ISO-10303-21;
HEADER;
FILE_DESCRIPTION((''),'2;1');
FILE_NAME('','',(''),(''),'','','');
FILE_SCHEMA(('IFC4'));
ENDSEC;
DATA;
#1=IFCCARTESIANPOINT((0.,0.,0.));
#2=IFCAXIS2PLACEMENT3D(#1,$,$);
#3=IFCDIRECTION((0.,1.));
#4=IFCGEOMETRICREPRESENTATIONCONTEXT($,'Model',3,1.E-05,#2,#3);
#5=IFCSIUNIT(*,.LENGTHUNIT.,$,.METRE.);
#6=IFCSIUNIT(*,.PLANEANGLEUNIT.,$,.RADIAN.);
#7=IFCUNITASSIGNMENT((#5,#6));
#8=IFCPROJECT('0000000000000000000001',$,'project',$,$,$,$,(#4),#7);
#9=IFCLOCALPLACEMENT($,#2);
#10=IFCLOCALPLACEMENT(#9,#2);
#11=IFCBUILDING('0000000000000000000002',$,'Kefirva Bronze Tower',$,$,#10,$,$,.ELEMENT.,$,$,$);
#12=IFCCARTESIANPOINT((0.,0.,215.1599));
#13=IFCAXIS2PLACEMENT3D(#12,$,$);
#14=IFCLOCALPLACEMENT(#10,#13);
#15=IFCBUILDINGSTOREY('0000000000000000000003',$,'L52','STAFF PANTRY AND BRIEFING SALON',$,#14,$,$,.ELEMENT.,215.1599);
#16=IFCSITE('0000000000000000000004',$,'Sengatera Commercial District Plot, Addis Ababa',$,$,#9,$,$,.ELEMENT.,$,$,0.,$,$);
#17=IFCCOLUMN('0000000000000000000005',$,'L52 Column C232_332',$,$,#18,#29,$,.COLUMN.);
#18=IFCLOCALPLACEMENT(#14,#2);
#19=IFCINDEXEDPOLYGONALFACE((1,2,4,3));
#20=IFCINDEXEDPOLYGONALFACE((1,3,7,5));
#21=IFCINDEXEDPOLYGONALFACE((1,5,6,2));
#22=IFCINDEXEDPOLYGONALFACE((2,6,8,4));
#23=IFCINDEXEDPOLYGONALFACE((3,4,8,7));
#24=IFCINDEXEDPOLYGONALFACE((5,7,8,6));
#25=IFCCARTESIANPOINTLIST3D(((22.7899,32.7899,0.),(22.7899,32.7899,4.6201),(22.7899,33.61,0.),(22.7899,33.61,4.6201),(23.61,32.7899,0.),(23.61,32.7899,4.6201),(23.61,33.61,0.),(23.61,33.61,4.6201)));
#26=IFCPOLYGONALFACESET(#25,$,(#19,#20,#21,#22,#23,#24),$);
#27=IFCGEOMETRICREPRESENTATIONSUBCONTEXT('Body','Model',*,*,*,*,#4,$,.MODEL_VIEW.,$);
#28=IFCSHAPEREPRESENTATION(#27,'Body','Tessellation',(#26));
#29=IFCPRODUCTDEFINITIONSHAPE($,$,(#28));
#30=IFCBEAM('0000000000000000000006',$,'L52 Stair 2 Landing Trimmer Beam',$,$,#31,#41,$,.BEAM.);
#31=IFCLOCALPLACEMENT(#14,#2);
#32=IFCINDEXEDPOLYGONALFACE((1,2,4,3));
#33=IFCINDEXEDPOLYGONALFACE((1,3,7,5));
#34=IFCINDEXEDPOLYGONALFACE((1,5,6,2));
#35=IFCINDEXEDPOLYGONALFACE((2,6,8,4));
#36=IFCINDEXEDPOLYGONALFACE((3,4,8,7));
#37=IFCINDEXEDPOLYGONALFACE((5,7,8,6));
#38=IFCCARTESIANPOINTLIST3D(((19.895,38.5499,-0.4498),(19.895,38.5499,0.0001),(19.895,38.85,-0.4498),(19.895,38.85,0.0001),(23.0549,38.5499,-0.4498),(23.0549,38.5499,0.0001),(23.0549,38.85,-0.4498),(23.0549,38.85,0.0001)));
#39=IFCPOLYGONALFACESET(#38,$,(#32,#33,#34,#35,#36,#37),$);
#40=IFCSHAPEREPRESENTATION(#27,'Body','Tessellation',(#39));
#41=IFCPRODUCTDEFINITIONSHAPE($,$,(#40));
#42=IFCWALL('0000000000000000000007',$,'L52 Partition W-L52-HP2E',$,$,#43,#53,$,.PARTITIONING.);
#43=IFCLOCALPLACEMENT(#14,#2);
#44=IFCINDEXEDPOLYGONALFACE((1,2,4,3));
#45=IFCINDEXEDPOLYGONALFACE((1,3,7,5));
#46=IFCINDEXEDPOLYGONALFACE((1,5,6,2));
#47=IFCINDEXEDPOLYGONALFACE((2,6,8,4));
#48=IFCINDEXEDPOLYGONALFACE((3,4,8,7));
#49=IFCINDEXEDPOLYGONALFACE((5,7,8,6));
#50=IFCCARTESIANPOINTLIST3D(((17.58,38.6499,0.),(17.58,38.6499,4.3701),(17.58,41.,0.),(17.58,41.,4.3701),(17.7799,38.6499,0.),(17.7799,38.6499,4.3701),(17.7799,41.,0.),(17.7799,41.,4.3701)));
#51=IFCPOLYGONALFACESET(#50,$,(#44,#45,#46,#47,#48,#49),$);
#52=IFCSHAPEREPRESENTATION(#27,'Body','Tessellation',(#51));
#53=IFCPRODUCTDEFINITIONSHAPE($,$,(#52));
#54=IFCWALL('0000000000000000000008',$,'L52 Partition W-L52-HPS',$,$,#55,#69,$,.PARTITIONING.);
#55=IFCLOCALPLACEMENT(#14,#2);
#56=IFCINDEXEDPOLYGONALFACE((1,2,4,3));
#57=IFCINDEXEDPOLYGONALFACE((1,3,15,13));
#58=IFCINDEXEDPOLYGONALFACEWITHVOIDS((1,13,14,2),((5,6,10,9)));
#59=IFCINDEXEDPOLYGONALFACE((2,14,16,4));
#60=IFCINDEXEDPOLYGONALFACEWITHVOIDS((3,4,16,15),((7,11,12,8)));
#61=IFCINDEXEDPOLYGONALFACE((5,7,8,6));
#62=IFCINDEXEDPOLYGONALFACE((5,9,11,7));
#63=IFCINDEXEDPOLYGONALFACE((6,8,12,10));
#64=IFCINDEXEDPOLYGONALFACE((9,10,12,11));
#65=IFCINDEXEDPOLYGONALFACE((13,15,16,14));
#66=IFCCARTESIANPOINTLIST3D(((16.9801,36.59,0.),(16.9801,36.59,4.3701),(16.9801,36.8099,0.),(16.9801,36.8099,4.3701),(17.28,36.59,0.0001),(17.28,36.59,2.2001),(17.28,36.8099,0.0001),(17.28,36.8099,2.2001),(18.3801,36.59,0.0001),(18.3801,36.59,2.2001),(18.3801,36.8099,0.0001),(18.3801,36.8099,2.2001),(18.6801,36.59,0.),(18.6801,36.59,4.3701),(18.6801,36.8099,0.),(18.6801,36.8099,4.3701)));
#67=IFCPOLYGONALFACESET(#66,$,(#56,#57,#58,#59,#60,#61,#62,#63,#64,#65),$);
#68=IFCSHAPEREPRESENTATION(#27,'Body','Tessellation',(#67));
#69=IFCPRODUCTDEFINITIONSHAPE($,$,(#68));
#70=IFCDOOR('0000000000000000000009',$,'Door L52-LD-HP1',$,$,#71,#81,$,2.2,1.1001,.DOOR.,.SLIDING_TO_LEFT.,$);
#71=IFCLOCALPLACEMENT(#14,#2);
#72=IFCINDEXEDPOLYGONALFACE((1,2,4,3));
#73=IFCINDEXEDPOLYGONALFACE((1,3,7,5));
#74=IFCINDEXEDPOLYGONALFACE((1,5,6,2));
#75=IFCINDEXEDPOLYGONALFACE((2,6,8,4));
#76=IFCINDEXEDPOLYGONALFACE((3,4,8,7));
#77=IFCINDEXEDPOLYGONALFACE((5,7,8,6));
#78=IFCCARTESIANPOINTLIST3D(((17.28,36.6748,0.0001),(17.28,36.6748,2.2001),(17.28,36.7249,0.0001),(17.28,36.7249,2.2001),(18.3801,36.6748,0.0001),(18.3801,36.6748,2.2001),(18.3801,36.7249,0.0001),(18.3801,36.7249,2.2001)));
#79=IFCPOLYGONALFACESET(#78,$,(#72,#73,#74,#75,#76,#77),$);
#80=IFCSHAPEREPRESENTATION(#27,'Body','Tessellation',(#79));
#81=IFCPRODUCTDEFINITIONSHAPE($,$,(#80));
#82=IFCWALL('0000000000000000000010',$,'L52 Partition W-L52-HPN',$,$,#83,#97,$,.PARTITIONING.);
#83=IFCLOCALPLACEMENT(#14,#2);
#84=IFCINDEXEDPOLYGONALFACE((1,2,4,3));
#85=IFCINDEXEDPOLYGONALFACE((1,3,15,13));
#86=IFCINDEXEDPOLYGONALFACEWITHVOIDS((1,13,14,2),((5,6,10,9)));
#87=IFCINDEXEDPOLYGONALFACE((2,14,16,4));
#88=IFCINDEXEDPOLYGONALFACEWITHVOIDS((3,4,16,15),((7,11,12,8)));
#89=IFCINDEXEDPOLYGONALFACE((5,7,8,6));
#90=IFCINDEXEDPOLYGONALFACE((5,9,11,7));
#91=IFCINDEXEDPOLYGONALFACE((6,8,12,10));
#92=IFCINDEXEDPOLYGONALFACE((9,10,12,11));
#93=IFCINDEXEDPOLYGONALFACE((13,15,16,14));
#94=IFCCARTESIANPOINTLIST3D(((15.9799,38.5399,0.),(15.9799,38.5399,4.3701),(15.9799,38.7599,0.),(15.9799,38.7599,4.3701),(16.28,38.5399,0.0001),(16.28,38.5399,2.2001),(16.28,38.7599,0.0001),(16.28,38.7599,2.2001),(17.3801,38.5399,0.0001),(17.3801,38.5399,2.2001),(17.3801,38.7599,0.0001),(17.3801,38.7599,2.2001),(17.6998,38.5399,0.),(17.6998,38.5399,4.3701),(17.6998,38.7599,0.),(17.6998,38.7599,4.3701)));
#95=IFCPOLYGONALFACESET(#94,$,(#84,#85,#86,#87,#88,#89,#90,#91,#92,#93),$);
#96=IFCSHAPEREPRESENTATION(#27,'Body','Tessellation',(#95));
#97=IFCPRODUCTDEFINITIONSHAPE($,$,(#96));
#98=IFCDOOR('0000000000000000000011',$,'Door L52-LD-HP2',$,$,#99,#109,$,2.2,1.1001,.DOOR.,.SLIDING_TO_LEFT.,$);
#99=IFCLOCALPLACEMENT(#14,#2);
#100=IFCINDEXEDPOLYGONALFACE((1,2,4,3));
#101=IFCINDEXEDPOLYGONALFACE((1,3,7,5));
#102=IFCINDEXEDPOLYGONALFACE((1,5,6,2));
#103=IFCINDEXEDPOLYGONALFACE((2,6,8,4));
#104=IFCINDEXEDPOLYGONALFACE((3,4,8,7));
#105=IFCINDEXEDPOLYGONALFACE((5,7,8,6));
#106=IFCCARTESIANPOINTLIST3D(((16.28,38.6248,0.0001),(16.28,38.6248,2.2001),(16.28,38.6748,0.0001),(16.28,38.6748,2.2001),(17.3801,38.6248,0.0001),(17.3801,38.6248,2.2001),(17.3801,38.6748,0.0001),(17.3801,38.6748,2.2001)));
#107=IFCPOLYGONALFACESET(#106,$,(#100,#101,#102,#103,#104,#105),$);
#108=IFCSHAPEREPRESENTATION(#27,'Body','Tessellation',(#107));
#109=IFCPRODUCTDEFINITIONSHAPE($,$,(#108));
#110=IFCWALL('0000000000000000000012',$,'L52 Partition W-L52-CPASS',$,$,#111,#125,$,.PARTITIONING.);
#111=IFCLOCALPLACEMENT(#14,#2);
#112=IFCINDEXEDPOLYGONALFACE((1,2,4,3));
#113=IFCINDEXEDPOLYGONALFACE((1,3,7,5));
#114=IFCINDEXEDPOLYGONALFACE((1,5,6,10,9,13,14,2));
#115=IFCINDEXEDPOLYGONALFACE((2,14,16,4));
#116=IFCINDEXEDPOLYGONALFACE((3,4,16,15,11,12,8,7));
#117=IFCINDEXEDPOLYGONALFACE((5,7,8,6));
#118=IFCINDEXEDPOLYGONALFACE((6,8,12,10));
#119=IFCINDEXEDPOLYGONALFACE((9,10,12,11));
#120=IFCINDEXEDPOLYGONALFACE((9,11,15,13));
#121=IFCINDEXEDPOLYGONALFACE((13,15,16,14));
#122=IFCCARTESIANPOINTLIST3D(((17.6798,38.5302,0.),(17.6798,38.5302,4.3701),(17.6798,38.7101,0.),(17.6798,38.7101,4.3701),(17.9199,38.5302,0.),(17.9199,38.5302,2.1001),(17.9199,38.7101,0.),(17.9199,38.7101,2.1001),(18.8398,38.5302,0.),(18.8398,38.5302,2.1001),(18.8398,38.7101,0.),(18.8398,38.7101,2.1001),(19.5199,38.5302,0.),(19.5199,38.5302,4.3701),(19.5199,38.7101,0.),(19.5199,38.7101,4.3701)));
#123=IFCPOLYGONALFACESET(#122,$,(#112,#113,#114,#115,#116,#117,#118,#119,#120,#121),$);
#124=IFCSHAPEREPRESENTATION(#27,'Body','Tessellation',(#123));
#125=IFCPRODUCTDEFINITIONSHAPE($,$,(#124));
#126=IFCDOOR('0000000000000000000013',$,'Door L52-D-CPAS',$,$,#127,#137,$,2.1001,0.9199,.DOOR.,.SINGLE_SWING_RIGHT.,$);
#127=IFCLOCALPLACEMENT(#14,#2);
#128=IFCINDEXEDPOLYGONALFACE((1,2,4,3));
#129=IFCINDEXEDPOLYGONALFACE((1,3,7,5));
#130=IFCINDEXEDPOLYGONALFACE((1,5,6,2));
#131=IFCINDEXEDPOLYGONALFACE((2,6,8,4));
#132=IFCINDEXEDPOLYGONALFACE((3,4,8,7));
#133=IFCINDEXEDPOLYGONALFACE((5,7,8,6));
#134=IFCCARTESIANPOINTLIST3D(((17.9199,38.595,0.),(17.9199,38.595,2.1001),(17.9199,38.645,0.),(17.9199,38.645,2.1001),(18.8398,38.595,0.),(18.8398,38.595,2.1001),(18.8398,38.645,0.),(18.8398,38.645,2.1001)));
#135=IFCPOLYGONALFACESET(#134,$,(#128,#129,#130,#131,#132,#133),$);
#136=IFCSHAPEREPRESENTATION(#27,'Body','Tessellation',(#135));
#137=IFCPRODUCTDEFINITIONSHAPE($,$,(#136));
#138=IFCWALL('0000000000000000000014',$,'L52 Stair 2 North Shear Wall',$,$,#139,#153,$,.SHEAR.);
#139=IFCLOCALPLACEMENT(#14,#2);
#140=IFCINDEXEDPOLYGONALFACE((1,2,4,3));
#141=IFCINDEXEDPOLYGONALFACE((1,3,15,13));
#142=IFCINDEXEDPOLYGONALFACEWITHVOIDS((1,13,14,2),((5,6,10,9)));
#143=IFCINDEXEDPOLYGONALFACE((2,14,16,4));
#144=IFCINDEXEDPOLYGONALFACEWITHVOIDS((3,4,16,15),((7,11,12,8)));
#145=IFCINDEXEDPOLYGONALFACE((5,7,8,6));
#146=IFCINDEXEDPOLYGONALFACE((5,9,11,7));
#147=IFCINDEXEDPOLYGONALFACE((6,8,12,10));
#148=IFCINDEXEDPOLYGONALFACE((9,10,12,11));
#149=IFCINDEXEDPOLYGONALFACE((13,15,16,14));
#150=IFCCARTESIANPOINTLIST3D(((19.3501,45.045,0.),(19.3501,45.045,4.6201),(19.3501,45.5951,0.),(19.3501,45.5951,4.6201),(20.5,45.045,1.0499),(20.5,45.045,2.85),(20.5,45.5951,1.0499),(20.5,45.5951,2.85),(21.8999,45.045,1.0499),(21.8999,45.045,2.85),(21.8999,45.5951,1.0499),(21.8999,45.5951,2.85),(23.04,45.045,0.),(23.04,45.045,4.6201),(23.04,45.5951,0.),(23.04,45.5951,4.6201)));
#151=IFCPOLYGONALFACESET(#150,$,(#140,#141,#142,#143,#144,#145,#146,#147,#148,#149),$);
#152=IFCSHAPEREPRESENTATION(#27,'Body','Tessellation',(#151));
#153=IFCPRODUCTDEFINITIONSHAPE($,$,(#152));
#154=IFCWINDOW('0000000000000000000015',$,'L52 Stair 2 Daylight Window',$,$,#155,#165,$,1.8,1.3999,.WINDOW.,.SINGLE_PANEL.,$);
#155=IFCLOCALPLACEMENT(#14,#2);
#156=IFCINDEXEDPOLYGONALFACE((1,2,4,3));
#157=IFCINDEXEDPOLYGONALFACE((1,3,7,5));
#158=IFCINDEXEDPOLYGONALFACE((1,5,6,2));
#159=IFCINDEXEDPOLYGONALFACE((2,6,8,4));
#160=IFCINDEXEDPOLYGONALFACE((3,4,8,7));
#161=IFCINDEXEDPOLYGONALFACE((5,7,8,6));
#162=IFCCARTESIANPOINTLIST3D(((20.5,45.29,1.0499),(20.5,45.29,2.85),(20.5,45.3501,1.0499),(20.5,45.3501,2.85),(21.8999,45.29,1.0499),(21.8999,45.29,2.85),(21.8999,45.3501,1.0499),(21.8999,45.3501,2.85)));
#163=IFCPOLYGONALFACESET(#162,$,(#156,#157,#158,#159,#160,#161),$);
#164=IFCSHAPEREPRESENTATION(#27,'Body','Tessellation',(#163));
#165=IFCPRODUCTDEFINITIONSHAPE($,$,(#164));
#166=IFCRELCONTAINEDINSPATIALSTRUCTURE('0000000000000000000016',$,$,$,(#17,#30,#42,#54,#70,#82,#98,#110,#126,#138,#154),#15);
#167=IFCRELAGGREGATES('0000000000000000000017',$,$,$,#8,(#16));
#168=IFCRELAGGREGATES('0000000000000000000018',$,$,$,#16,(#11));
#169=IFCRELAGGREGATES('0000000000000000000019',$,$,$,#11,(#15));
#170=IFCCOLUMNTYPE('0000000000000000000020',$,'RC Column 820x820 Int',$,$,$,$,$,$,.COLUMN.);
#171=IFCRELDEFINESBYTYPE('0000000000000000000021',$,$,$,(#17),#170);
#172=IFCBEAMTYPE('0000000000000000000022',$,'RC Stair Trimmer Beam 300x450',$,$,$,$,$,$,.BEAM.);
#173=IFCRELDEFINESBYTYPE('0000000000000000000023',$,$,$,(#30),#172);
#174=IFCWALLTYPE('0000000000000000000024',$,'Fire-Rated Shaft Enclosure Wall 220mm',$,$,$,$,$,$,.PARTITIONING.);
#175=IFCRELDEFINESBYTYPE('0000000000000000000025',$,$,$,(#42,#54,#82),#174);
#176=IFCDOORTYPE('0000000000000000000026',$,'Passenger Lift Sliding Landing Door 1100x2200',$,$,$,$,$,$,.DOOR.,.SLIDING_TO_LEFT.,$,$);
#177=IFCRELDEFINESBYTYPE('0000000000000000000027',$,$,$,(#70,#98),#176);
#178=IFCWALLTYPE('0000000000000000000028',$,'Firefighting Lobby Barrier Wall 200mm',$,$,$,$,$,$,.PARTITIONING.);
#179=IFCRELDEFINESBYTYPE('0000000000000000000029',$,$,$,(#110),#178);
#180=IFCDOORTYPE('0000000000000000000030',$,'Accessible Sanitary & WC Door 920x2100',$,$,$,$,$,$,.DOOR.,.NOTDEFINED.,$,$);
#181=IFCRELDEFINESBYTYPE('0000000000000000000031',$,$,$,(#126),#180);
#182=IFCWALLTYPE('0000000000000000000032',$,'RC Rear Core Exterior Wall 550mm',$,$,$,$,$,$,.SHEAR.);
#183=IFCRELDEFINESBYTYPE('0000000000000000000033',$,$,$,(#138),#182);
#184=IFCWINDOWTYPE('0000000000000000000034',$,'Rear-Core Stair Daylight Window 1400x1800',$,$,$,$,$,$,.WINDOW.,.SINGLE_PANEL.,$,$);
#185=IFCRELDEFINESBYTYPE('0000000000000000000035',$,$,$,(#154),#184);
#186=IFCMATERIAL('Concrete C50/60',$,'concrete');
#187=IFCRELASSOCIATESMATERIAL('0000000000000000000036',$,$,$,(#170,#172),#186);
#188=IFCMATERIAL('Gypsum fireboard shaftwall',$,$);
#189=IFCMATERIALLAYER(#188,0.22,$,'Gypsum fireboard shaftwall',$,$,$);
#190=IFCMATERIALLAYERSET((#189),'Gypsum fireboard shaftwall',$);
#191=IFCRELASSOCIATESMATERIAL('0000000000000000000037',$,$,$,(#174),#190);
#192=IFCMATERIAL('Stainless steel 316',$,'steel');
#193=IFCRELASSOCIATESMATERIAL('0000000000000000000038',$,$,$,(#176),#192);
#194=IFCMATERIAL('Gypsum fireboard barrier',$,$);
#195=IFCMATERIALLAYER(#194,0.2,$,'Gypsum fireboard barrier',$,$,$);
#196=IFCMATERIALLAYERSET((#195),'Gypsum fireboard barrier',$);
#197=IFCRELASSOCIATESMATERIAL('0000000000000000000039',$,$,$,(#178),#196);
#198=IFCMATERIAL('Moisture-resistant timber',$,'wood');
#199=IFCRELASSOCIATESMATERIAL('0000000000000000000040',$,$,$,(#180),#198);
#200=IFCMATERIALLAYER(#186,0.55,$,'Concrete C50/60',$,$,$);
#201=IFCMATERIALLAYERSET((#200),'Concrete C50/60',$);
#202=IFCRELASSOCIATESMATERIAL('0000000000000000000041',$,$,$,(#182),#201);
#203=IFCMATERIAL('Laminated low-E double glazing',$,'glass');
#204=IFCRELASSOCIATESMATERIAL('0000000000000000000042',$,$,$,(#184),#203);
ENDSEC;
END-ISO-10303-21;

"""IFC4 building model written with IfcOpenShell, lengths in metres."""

from ifc_helpers import new_model, si_unit, direction, frame, frame_2d, origin, origin_2d, place, context, subcontext, project, spatial, rectangle, extrude, material, layer, layer_set, material_profile, profile_set, type_object, element, fill, save


model = new_model("IFC4")

# Units and contexts
model_context = context("Model", 3, precision=1e-05, world=origin(), true_north=direction((0.0, 1.0)))
body_context = subcontext(model_context, "Body", "Model", "MODEL_VIEW")
ifc_project = project(units=[si_unit("LENGTHUNIT", "METRE"), si_unit("PLANEANGLEUNIT", "RADIAN")], contexts=[model_context])

# Site, building, storey
site_placement = place(None, origin())
site = spatial("IfcSite", under=ifc_project, at=site_placement, Name="Sengatera Commercial District Plot, Addis Ababa", CompositionType="ELEMENT", RefElevation=0.0)
building_placement = place(site_placement, origin())
building = spatial("IfcBuilding", under=site, at=building_placement, Name="Kefirva Bronze Tower", CompositionType="ELEMENT")
storey_placement = place(building_placement, frame((0.0, 0.0, 215.1599)))
storey = spatial("IfcBuildingStorey", under=building, at=storey_placement, Name="L52", Description="STAFF PANTRY AND BRIEFING SALON", CompositionType="ELEMENT", Elevation=215.1599)

# Column
ifc_material_1 = material(Name="Concrete C50/60", Category="concrete")
ifc_material_profile_1 = material_profile(ifc_material_1, rectangle(XDim=0.8201, YDim=0.8201, at=origin_2d()), Name="RC 820x820")
ifc_profile_set_1 = profile_set([ifc_material_profile_1], Name="Concrete C50/60")
column_type = type_object("IfcColumnType", Name="RC Column 820x820 Int", PredefinedType="COLUMN", material=ifc_profile_set_1)
column_placement = place(storey_placement, frame((23.2, 33.2, 0.0), z_axis=(0.0, 0.0, 1.0), x_axis=(1.0, 0.0, 0.0)))
element("IfcColumn", 1, at=column_placement, inside=storey, type_object=column_type, Name="L52 Column C232_332", PredefinedType="COLUMN", context=body_context, shape_type="SweptSolid", body=[
    extrude(rectangle(XDim=0.8201, YDim=0.8201, at=origin_2d()), origin(), (0.0, 0.0, 1.0), 4.6201),
])

# Beam
ifc_material_profile_2 = material_profile(ifc_material_1, rectangle(XDim=0.3, YDim=0.45, at=origin_2d()), Name="RC 300x450")
ifc_profile_set_2 = profile_set([ifc_material_profile_2], Name="Concrete C50/60")
beam_type = type_object("IfcBeamType", Name="RC Stair Trimmer Beam 300x450", PredefinedType="BEAM", material=ifc_profile_set_2)
beam_placement = place(storey_placement, frame((19.895, 38.7, -0.2249), z_axis=(1.0, 0.0, 0.0), x_axis=(0.0, 1.0, 0.0)))
element("IfcBeam", 2, at=beam_placement, inside=storey, type_object=beam_type, Name="L52 Stair 2 Landing Trimmer Beam", PredefinedType="BEAM", context=body_context, shape_type="SweptSolid", body=[
    extrude(rectangle(XDim=0.3, YDim=0.45, at=origin_2d()), origin(), (0.0, 0.0, 1.0), 3.1599),
])

# Shared definitions
ifc_material_2 = material(Name="Gypsum fireboard shaftwall")
ifc_layer_1 = layer(ifc_material_2, 0.22, Name="Gypsum fireboard shaftwall")
ifc_layer_set_1 = layer_set([ifc_layer_1], Name="Gypsum fireboard shaftwall")
wall_type_1 = type_object("IfcWallType", Name="Fire-Rated Shaft Enclosure Wall 220mm", PredefinedType="PARTITIONING", material=ifc_layer_set_1)

# Wall
wall_1_placement = place(storey_placement, frame((17.6799, 38.6499, 0.0), z_axis=(0.0, 0.0, 1.0), x_axis=(0.0, 1.0, 0.0)))
element("IfcWall", 3, at=wall_1_placement, inside=storey, type_object=wall_type_1, Name="L52 Partition W-L52-HP2E", PredefinedType="PARTITIONING", context=body_context, shape_type="SweptSolid", body=[
    extrude(rectangle(XDim=2.3501, YDim=0.2, at=frame_2d((1.175, 0.0))), origin(), (0.0, 0.0, 1.0), 4.3701),
])

# Walls, openings, doors
wall_2_placement = place(storey_placement, frame((16.98, 36.7, 0.0), z_axis=(0.0, 0.0, 1.0), x_axis=(1.0, 0.0, 0.0)))
wall_2 = element("IfcWall", 4, at=wall_2_placement, inside=storey, type_object=wall_type_1, Name="L52 Partition W-L52-HPS", PredefinedType="PARTITIONING", context=body_context, shape_type="SweptSolid", body=[
    extrude(rectangle(XDim=1.7, YDim=0.22, at=frame_2d((0.8501, 0.0))), origin(), (0.0, 0.0, 1.0), 4.3701),
])
opening_1_placement = place(wall_2_placement, frame((0.3, 0.0, 0.0)))
opening_1 = element("IfcOpeningElement", 5, at=opening_1_placement, cuts=wall_2, PredefinedType="OPENING", context=body_context, shape_type="SweptSolid", body=[
    extrude(rectangle(XDim=1.1001, YDim=2.2, at=frame_2d((0.55, 1.1001))), frame((0.0, 0.1201, 0.0), z_axis=(0.0, -1.0, 0.0), x_axis=(1.0, 0.0, 0.0)), (0.0, 0.0, 1.0), 0.24),
])
ifc_material_3 = material(Name="Stainless steel 316", Category="steel")
door_type_1 = type_object("IfcDoorType", Name="Passenger Lift Sliding Landing Door 1100x2200", OperationType="SLIDING_TO_LEFT", PredefinedType="DOOR", material=ifc_material_3)
door_1_placement = place(opening_1_placement, origin())
door_1 = element("IfcDoor", 6, at=door_1_placement, inside=storey, type_object=door_type_1, Name="Door L52-LD-HP1", OperationType="SLIDING_TO_LEFT", OverallHeight=2.2, OverallWidth=1.1001, PredefinedType="DOOR", context=body_context, shape_type="SweptSolid", body=[
    extrude(rectangle(XDim=1.1001, YDim=2.2, at=frame_2d((0.55, 1.1001))), frame((0.0, 0.0249, 0.0), z_axis=(0.0, -1.0, 0.0), x_axis=(1.0, 0.0, 0.0)), (0.0, 0.0, 1.0), 0.05),
])
fill(opening_1, door_1)
wall_3_placement = place(storey_placement, frame((15.98, 38.6499, 0.0), z_axis=(0.0, 0.0, 1.0), x_axis=(1.0, 0.0, 0.0)))
wall_3 = element("IfcWall", 7, at=wall_3_placement, inside=storey, type_object=wall_type_1, Name="L52 Partition W-L52-HPN", PredefinedType="PARTITIONING", context=body_context, shape_type="SweptSolid", body=[
    extrude(rectangle(XDim=1.72, YDim=0.22, at=frame_2d((0.8599, 0.0))), origin(), (0.0, 0.0, 1.0), 4.3701),
])
opening_2_placement = place(wall_3_placement, frame((0.3, 0.0, 0.0)))
opening_2 = element("IfcOpeningElement", 8, at=opening_2_placement, cuts=wall_3, PredefinedType="OPENING", context=body_context, shape_type="SweptSolid", body=[
    extrude(rectangle(XDim=1.1001, YDim=2.2, at=frame_2d((0.55, 1.1001))), frame((0.0, 0.1201, 0.0), z_axis=(0.0, -1.0, 0.0), x_axis=(1.0, 0.0, 0.0)), (0.0, 0.0, 1.0), 0.24),
])
door_2_placement = place(opening_2_placement, origin())
door_2 = element("IfcDoor", 9, at=door_2_placement, inside=storey, type_object=door_type_1, Name="Door L52-LD-HP2", OperationType="SLIDING_TO_LEFT", OverallHeight=2.2, OverallWidth=1.1001, PredefinedType="DOOR", context=body_context, shape_type="SweptSolid", body=[
    extrude(rectangle(XDim=1.1001, YDim=2.2, at=frame_2d((0.55, 1.1001))), frame((0.0, 0.0249, 0.0), z_axis=(0.0, -1.0, 0.0), x_axis=(1.0, 0.0, 0.0)), (0.0, 0.0, 1.0), 0.05),
])
fill(opening_2, door_2)
ifc_material_4 = material(Name="Gypsum fireboard barrier")
ifc_layer_2 = layer(ifc_material_4, 0.2, Name="Gypsum fireboard barrier")
ifc_layer_set_2 = layer_set([ifc_layer_2], Name="Gypsum fireboard barrier")
wall_type_2 = type_object("IfcWallType", Name="Firefighting Lobby Barrier Wall 200mm", PredefinedType="PARTITIONING", material=ifc_layer_set_2)
wall_4_placement = place(storey_placement, frame((17.6799, 38.6201, 0.0), z_axis=(0.0, 0.0, 1.0), x_axis=(1.0, 0.0, 0.0)))
wall_4 = element("IfcWall", 10, at=wall_4_placement, inside=storey, type_object=wall_type_2, Name="L52 Partition W-L52-CPASS", PredefinedType="PARTITIONING", context=body_context, shape_type="SweptSolid", body=[
    extrude(rectangle(XDim=1.8401, YDim=0.1799, at=frame_2d((0.9199, 0.0))), origin(), (0.0, 0.0, 1.0), 4.3701),
])
opening_3_placement = place(wall_4_placement, frame((0.24, 0.0, 0.0)))
opening_3 = element("IfcOpeningElement", 11, at=opening_3_placement, cuts=wall_4, PredefinedType="OPENING", context=body_context, shape_type="SweptSolid", body=[
    extrude(rectangle(XDim=0.9199, YDim=2.1001, at=frame_2d((0.46, 1.05))), frame((0.0, 0.1001, 0.0), z_axis=(0.0, -1.0, 0.0), x_axis=(1.0, 0.0, 0.0)), (0.0, 0.0, 1.0), 0.2),
])
ifc_material_5 = material(Name="Moisture-resistant timber", Category="wood")
door_type_2 = type_object("IfcDoorType", Name="Accessible Sanitary & WC Door 920x2100", OperationType="NOTDEFINED", PredefinedType="DOOR", material=ifc_material_5)
door_3_placement = place(opening_3_placement, origin())
door_3 = element("IfcDoor", 12, at=door_3_placement, inside=storey, type_object=door_type_2, Name="Door L52-D-CPAS", OperationType="SINGLE_SWING_RIGHT", OverallHeight=2.1001, OverallWidth=0.9199, PredefinedType="DOOR", context=body_context, shape_type="SweptSolid", body=[
    extrude(rectangle(XDim=0.9199, YDim=2.1001, at=frame_2d((0.46, 1.05))), frame((0.0, 0.0249, 0.0), z_axis=(0.0, -1.0, 0.0), x_axis=(1.0, 0.0, 0.0)), (0.0, 0.0, 1.0), 0.05),
])
fill(opening_3, door_3)

# Wall, opening, window
ifc_layer_3 = layer(ifc_material_1, 0.55, Name="Concrete C50/60")
ifc_layer_set_3 = layer_set([ifc_layer_3], Name="Concrete C50/60")
wall_type_3 = type_object("IfcWallType", Name="RC Rear Core Exterior Wall 550mm", PredefinedType="SHEAR", material=ifc_layer_set_3)
wall_5_placement = place(storey_placement, frame((19.3501, 45.3201, 0.0), z_axis=(0.0, 0.0, 1.0), x_axis=(1.0, 0.0, 0.0)))
wall_5 = element("IfcWall", 13, at=wall_5_placement, inside=storey, type_object=wall_type_3, Name="L52 Stair 2 North Shear Wall", PredefinedType="SHEAR", context=body_context, shape_type="SweptSolid", body=[
    extrude(rectangle(XDim=3.6899, YDim=0.55, at=frame_2d((1.845, 0.0))), origin(), (0.0, 0.0, 1.0), 4.6201),
])
opening_4_placement = place(wall_5_placement, frame((1.1499, 0.0, 1.05)))
opening_4 = element("IfcOpeningElement", 14, at=opening_4_placement, cuts=wall_5, PredefinedType="OPENING", context=body_context, shape_type="SweptSolid", body=[
    extrude(rectangle(XDim=1.3999, YDim=1.8, at=frame_2d((0.7, 0.8999))), frame((0.0, 0.2852, 0.0), z_axis=(0.0, -1.0, 0.0), x_axis=(1.0, 0.0, 0.0)), (0.0, 0.0, 1.0), 0.5701),
])
ifc_material_6 = material(Name="Laminated low-E double glazing", Category="glass")
window_type = type_object("IfcWindowType", Name="Rear-Core Stair Daylight Window 1400x1800", PartitioningType="SINGLE_PANEL", PredefinedType="WINDOW", material=ifc_material_6)
window_placement = place(opening_4_placement, origin())
window = element("IfcWindow", 15, at=window_placement, inside=storey, type_object=window_type, Name="L52 Stair 2 Daylight Window", OverallHeight=1.8, OverallWidth=1.3999, PartitioningType="SINGLE_PANEL", PredefinedType="WINDOW", context=body_context, shape_type="SweptSolid", body=[
    extrude(rectangle(XDim=1.3999, YDim=1.8, at=frame_2d((0.7, 0.8999))), frame((0.0, 0.03, 0.0), z_axis=(0.0, -1.0, 0.0), x_axis=(1.0, 0.0, 0.0)), (0.0, 0.0, 1.0), 0.0601),
])
fill(opening_4, window)

save(model, "model.ifc")
